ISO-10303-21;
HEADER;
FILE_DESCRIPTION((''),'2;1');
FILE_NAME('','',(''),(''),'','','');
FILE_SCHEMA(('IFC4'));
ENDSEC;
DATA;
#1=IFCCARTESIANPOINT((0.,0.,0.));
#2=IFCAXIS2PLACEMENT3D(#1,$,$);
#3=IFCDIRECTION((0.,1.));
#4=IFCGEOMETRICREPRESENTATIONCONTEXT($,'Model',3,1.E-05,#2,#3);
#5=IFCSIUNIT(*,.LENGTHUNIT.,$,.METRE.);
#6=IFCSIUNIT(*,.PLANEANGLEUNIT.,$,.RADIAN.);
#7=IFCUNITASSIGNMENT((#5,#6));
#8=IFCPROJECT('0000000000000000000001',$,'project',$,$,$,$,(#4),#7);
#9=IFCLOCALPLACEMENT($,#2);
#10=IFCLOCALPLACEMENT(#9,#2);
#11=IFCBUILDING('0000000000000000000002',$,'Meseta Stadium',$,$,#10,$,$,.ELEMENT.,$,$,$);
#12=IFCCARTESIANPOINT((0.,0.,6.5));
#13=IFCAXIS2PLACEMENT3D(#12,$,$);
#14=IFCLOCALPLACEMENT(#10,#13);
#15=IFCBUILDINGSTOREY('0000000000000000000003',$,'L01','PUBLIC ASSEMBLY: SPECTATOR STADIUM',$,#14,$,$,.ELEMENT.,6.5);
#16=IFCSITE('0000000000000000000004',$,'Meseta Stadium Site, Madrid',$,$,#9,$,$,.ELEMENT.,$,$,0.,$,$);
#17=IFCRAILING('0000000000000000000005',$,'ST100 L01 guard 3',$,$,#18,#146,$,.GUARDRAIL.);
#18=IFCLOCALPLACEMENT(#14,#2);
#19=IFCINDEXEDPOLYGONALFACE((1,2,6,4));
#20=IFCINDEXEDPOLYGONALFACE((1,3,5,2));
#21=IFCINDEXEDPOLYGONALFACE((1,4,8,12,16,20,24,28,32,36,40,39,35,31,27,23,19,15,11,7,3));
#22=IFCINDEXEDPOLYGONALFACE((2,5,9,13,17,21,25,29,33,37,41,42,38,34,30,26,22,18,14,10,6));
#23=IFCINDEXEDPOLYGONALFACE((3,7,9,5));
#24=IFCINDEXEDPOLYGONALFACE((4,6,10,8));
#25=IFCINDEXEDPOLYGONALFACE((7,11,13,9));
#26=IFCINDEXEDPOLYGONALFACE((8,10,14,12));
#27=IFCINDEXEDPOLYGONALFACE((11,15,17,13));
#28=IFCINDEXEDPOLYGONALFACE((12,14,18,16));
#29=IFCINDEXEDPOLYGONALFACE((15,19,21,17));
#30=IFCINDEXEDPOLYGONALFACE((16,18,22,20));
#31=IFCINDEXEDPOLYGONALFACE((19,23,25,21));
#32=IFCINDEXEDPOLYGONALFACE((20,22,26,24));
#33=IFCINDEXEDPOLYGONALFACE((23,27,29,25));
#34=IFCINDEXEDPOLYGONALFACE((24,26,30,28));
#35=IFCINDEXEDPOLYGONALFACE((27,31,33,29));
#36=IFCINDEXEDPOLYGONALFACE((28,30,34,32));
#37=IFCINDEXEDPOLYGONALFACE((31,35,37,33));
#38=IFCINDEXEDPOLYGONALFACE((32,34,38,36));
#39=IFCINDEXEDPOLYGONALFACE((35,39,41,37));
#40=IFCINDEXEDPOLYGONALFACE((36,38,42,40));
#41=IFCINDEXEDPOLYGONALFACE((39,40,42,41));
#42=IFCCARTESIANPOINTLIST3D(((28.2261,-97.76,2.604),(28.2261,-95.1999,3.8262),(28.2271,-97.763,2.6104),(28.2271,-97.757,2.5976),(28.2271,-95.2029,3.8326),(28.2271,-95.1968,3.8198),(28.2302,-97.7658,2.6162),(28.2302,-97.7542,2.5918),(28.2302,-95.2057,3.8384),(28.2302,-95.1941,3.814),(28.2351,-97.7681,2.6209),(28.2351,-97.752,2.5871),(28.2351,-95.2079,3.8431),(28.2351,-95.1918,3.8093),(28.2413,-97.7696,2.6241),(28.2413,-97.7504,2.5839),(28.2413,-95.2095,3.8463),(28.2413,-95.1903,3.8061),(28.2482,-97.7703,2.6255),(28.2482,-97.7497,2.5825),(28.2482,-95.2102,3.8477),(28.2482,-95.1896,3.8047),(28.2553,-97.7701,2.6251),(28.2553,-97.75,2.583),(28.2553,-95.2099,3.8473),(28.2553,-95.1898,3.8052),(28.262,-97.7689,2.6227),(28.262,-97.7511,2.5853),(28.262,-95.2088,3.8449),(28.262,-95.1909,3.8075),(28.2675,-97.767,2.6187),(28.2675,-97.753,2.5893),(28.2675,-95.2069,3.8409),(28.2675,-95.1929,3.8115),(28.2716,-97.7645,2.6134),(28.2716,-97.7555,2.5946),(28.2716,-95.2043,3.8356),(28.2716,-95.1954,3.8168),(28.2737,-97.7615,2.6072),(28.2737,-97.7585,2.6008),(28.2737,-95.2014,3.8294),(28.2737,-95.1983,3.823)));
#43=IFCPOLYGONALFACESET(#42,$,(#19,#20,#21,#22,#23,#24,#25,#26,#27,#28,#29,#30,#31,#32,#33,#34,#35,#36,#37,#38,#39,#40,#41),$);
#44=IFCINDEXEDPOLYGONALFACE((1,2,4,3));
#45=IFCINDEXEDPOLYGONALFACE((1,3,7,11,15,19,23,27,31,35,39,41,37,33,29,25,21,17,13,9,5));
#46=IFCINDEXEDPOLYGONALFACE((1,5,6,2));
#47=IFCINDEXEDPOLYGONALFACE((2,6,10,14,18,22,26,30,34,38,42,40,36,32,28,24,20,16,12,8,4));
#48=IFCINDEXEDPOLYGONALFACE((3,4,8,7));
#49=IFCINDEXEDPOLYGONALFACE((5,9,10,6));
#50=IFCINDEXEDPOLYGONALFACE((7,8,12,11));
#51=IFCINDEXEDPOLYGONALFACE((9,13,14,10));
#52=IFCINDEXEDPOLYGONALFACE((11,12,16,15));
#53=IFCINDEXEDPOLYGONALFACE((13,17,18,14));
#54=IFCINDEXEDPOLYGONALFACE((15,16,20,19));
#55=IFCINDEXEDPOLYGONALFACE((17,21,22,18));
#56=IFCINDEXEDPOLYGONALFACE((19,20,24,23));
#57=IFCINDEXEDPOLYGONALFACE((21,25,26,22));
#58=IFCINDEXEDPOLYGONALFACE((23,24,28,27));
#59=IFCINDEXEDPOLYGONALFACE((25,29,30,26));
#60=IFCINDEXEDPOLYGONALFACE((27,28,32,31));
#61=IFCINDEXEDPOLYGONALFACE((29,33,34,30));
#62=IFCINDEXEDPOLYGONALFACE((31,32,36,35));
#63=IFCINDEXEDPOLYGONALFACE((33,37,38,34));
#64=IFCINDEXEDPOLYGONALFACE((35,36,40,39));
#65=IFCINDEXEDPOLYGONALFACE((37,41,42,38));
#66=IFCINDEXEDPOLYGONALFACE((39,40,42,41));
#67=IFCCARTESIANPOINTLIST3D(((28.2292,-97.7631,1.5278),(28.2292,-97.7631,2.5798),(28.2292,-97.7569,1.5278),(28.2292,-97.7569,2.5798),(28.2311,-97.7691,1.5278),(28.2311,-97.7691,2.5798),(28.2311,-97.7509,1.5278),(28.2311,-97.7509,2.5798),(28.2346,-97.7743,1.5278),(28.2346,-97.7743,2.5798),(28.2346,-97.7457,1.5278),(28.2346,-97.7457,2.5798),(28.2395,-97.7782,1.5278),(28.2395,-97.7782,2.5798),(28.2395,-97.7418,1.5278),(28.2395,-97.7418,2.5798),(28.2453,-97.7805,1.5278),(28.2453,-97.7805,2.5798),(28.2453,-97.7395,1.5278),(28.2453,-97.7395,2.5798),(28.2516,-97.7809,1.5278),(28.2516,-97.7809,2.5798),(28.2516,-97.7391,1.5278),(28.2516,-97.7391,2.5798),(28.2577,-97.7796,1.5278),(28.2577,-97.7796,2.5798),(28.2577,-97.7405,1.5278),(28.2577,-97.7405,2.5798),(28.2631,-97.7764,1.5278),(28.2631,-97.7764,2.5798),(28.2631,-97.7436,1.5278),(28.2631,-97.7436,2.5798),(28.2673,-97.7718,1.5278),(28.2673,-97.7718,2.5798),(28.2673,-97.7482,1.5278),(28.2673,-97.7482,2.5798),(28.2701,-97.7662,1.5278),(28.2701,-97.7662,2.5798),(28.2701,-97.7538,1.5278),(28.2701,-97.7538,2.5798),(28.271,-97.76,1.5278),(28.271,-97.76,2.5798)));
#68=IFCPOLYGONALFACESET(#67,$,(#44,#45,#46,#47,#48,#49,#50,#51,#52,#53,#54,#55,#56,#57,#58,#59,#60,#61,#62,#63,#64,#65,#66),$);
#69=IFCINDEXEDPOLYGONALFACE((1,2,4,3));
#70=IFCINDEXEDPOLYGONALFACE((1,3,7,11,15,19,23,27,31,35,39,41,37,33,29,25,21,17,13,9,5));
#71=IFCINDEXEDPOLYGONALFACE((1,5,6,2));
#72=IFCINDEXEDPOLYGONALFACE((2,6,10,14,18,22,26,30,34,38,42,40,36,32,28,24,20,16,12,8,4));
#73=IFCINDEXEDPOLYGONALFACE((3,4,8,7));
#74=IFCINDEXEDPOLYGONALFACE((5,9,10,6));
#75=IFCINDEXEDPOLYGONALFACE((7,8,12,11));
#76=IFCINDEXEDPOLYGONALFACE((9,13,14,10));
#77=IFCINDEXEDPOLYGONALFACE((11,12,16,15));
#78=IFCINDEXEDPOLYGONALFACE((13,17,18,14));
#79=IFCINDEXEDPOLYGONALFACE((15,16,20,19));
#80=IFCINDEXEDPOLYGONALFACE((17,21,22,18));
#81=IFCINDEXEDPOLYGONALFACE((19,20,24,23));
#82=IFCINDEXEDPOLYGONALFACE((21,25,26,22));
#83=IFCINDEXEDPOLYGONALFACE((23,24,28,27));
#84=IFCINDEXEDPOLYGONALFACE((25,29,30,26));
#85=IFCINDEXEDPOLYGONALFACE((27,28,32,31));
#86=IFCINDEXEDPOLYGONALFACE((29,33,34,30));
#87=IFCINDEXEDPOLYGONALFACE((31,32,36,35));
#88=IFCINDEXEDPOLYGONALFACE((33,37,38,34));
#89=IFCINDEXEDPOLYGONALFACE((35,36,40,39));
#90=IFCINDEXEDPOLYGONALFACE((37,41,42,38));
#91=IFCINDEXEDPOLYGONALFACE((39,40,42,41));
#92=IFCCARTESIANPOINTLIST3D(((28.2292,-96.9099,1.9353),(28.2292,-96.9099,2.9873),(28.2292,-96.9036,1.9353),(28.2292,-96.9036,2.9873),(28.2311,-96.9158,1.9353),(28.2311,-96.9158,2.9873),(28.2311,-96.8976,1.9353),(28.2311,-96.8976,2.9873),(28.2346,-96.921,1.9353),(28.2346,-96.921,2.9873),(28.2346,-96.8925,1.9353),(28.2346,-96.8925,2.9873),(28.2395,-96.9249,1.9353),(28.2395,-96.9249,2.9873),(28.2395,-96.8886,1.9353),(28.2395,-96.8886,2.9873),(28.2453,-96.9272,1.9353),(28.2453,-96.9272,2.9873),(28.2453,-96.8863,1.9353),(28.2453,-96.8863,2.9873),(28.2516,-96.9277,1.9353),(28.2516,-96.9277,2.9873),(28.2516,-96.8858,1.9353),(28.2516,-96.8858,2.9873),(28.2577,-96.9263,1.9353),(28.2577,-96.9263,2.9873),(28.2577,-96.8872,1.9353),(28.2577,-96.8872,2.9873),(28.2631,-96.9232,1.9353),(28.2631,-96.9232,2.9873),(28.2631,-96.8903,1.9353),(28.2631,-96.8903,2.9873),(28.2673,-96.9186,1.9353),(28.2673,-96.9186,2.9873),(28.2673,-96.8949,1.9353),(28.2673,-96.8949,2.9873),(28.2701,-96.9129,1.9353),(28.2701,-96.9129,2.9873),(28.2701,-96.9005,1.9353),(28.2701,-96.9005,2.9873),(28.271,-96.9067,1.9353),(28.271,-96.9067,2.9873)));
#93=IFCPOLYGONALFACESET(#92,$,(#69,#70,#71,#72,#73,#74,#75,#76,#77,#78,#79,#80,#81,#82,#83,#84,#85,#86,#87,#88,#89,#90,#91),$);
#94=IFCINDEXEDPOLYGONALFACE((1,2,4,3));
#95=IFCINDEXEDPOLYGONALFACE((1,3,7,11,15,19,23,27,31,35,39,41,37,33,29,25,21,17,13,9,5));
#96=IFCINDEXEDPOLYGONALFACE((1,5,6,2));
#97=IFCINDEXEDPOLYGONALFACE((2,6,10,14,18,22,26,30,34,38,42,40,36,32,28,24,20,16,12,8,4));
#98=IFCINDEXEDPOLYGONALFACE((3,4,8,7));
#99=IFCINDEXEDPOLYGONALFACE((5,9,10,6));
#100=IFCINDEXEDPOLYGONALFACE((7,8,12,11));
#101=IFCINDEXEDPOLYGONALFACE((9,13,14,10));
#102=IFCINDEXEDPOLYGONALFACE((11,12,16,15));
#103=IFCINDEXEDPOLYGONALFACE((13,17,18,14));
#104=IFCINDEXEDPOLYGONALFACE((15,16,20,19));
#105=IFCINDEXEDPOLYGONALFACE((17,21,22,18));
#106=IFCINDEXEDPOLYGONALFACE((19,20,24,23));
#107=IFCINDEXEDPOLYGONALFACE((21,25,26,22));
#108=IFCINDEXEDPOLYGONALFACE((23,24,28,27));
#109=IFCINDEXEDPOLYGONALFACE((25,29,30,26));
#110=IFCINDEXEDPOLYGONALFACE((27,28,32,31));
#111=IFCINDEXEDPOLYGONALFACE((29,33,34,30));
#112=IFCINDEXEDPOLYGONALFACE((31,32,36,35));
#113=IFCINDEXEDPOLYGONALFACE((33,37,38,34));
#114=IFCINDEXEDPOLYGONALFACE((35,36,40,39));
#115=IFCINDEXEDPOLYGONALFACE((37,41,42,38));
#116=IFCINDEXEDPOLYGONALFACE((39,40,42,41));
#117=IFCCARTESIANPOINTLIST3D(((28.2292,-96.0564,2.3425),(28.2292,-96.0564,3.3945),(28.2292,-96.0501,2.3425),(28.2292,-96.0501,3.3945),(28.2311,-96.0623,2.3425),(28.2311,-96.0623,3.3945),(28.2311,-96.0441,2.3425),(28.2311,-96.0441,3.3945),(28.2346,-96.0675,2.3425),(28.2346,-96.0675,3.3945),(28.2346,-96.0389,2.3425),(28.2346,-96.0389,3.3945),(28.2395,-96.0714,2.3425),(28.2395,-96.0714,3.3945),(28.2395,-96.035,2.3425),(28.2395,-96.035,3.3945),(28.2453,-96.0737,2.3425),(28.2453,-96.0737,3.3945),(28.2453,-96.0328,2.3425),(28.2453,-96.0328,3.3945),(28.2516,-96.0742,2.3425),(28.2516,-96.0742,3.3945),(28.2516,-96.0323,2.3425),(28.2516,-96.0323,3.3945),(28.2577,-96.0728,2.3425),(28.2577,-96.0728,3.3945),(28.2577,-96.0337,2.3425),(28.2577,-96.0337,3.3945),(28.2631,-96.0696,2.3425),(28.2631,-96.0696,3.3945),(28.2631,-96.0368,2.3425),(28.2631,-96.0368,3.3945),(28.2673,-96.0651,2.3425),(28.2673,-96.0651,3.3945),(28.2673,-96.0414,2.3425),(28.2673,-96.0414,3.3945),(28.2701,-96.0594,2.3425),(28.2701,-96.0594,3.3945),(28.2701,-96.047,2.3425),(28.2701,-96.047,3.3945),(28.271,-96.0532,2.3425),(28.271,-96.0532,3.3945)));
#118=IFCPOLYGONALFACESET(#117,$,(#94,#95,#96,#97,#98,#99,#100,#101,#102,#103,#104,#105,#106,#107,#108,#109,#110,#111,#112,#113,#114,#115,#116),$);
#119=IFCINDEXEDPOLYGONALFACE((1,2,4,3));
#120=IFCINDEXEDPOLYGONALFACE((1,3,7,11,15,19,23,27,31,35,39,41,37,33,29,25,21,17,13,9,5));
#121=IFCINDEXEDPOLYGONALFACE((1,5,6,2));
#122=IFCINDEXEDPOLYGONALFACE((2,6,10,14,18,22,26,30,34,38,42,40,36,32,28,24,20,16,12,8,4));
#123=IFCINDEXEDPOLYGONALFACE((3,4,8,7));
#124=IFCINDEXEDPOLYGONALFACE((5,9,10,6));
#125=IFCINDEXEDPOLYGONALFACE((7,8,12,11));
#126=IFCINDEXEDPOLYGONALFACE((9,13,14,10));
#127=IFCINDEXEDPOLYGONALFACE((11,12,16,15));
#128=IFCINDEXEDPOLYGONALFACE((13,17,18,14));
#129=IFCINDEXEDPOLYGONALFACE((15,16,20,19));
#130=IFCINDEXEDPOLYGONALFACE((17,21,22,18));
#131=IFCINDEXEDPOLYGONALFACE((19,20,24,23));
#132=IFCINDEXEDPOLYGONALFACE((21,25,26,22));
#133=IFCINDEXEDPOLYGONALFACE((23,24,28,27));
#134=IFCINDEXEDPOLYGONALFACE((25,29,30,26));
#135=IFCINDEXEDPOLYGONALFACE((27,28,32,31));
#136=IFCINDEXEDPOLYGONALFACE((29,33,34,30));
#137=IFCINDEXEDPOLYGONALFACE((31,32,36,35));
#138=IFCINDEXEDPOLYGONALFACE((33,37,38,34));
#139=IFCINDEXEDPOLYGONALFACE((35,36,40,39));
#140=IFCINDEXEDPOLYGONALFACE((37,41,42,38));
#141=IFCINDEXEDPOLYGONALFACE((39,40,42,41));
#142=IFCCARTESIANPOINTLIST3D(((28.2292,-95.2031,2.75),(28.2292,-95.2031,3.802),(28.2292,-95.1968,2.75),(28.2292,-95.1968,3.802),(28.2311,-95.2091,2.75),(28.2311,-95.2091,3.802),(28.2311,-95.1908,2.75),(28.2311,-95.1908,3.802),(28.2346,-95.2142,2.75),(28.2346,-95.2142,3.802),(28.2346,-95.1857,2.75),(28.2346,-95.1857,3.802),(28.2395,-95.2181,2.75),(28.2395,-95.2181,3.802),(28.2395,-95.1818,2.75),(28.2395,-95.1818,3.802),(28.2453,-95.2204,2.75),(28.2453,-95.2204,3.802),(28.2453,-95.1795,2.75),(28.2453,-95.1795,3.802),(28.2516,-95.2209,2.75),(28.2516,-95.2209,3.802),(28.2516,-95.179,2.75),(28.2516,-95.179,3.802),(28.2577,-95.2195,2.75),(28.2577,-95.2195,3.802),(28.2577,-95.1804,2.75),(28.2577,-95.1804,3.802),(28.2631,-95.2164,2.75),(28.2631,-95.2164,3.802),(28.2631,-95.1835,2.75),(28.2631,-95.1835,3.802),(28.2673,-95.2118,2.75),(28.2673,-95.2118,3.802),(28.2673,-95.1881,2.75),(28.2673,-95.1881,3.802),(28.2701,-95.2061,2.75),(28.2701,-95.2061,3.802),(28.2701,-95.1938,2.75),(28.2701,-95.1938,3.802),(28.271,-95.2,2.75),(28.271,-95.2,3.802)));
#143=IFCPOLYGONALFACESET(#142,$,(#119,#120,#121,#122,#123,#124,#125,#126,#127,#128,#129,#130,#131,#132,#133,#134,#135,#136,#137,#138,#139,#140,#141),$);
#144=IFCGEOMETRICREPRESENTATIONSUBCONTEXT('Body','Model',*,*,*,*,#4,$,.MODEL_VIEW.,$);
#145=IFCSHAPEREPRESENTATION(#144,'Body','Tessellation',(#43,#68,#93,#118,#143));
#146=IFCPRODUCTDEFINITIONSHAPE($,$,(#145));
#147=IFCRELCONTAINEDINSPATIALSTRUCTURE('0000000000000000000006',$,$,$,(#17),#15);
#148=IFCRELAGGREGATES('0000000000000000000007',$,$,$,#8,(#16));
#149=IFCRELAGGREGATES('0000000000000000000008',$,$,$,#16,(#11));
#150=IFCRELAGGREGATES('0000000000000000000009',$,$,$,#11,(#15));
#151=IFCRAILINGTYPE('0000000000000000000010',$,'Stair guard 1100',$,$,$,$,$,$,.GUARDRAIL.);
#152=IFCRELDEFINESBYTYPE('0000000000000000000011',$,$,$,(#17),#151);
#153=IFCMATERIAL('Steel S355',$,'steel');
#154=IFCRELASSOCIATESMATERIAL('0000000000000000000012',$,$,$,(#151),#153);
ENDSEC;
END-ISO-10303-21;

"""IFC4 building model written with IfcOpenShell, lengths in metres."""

from ifc_helpers import new_model, si_unit, direction, frame, origin, origin_2d, place, context, subcontext, project, spatial, circle, extrude, material, type_object, element, save


model = new_model("IFC4")

# Units and contexts
model_context = context("Model", 3, precision=1e-05, world=origin(), true_north=direction((0.0, 1.0)))
body_context = subcontext(model_context, "Body", "Model", "MODEL_VIEW")
ifc_project = project(units=[si_unit("LENGTHUNIT", "METRE"), si_unit("PLANEANGLEUNIT", "RADIAN")], contexts=[model_context])

# Site, building, storey
site_placement = place(None, origin())
site = spatial("IfcSite", under=ifc_project, at=site_placement, Name="Meseta Stadium Site, Madrid", CompositionType="ELEMENT", RefElevation=0.0)
building_placement = place(site_placement, origin())
building = spatial("IfcBuilding", under=site, at=building_placement, Name="Meseta Stadium", CompositionType="ELEMENT")
storey_placement = place(building_placement, frame((0.0, 0.0, 6.5)))
storey = spatial("IfcBuildingStorey", under=building, at=storey_placement, Name="L01", Description="PUBLIC ASSEMBLY: SPECTATOR STADIUM", CompositionType="ELEMENT", Elevation=6.5)

# Railing
ifc_material_1 = material(Name="Steel S355", Category="steel")
railing_type = type_object("IfcRailingType", Name="Stair guard 1100", PredefinedType="GUARDRAIL", material=ifc_material_1)
railing_1_placement = place(storey_placement, frame((28.25, -97.76, 1.5278)))
element("IfcRailing", 1, at=railing_1_placement, inside=storey, type_object=railing_type, Name="ST100 L01 guard 3", PredefinedType="GUARDRAIL", context=body_context, shape_type="SweptSolid", body=[
    extrude(circle(Radius=0.0239, at=origin_2d()), frame((0.0, 0.0, 1.0762), z_axis=(0.0, 0.902437, 0.430822), x_axis=(-1.0, 0.0, 0.0)), (0.0, 0.0, 1.0), 2.8369),
    extrude(circle(Radius=0.021, at=origin_2d()), origin(), (0.0, 0.0, 1.0), 1.052),
    extrude(circle(Radius=0.021, at=origin_2d()), frame((0.0, 0.8533, 0.4075)), (0.0, 0.0, 1.0), 1.052),
    extrude(circle(Radius=0.021, at=origin_2d()), frame((0.0, 1.7068, 0.8147)), (0.0, 0.0, 1.0), 1.052),
    extrude(circle(Radius=0.021, at=origin_2d()), frame((0.0, 2.5601, 1.2222)), (0.0, 0.0, 1.0), 1.052),
])

save(model, "model.ifc")
